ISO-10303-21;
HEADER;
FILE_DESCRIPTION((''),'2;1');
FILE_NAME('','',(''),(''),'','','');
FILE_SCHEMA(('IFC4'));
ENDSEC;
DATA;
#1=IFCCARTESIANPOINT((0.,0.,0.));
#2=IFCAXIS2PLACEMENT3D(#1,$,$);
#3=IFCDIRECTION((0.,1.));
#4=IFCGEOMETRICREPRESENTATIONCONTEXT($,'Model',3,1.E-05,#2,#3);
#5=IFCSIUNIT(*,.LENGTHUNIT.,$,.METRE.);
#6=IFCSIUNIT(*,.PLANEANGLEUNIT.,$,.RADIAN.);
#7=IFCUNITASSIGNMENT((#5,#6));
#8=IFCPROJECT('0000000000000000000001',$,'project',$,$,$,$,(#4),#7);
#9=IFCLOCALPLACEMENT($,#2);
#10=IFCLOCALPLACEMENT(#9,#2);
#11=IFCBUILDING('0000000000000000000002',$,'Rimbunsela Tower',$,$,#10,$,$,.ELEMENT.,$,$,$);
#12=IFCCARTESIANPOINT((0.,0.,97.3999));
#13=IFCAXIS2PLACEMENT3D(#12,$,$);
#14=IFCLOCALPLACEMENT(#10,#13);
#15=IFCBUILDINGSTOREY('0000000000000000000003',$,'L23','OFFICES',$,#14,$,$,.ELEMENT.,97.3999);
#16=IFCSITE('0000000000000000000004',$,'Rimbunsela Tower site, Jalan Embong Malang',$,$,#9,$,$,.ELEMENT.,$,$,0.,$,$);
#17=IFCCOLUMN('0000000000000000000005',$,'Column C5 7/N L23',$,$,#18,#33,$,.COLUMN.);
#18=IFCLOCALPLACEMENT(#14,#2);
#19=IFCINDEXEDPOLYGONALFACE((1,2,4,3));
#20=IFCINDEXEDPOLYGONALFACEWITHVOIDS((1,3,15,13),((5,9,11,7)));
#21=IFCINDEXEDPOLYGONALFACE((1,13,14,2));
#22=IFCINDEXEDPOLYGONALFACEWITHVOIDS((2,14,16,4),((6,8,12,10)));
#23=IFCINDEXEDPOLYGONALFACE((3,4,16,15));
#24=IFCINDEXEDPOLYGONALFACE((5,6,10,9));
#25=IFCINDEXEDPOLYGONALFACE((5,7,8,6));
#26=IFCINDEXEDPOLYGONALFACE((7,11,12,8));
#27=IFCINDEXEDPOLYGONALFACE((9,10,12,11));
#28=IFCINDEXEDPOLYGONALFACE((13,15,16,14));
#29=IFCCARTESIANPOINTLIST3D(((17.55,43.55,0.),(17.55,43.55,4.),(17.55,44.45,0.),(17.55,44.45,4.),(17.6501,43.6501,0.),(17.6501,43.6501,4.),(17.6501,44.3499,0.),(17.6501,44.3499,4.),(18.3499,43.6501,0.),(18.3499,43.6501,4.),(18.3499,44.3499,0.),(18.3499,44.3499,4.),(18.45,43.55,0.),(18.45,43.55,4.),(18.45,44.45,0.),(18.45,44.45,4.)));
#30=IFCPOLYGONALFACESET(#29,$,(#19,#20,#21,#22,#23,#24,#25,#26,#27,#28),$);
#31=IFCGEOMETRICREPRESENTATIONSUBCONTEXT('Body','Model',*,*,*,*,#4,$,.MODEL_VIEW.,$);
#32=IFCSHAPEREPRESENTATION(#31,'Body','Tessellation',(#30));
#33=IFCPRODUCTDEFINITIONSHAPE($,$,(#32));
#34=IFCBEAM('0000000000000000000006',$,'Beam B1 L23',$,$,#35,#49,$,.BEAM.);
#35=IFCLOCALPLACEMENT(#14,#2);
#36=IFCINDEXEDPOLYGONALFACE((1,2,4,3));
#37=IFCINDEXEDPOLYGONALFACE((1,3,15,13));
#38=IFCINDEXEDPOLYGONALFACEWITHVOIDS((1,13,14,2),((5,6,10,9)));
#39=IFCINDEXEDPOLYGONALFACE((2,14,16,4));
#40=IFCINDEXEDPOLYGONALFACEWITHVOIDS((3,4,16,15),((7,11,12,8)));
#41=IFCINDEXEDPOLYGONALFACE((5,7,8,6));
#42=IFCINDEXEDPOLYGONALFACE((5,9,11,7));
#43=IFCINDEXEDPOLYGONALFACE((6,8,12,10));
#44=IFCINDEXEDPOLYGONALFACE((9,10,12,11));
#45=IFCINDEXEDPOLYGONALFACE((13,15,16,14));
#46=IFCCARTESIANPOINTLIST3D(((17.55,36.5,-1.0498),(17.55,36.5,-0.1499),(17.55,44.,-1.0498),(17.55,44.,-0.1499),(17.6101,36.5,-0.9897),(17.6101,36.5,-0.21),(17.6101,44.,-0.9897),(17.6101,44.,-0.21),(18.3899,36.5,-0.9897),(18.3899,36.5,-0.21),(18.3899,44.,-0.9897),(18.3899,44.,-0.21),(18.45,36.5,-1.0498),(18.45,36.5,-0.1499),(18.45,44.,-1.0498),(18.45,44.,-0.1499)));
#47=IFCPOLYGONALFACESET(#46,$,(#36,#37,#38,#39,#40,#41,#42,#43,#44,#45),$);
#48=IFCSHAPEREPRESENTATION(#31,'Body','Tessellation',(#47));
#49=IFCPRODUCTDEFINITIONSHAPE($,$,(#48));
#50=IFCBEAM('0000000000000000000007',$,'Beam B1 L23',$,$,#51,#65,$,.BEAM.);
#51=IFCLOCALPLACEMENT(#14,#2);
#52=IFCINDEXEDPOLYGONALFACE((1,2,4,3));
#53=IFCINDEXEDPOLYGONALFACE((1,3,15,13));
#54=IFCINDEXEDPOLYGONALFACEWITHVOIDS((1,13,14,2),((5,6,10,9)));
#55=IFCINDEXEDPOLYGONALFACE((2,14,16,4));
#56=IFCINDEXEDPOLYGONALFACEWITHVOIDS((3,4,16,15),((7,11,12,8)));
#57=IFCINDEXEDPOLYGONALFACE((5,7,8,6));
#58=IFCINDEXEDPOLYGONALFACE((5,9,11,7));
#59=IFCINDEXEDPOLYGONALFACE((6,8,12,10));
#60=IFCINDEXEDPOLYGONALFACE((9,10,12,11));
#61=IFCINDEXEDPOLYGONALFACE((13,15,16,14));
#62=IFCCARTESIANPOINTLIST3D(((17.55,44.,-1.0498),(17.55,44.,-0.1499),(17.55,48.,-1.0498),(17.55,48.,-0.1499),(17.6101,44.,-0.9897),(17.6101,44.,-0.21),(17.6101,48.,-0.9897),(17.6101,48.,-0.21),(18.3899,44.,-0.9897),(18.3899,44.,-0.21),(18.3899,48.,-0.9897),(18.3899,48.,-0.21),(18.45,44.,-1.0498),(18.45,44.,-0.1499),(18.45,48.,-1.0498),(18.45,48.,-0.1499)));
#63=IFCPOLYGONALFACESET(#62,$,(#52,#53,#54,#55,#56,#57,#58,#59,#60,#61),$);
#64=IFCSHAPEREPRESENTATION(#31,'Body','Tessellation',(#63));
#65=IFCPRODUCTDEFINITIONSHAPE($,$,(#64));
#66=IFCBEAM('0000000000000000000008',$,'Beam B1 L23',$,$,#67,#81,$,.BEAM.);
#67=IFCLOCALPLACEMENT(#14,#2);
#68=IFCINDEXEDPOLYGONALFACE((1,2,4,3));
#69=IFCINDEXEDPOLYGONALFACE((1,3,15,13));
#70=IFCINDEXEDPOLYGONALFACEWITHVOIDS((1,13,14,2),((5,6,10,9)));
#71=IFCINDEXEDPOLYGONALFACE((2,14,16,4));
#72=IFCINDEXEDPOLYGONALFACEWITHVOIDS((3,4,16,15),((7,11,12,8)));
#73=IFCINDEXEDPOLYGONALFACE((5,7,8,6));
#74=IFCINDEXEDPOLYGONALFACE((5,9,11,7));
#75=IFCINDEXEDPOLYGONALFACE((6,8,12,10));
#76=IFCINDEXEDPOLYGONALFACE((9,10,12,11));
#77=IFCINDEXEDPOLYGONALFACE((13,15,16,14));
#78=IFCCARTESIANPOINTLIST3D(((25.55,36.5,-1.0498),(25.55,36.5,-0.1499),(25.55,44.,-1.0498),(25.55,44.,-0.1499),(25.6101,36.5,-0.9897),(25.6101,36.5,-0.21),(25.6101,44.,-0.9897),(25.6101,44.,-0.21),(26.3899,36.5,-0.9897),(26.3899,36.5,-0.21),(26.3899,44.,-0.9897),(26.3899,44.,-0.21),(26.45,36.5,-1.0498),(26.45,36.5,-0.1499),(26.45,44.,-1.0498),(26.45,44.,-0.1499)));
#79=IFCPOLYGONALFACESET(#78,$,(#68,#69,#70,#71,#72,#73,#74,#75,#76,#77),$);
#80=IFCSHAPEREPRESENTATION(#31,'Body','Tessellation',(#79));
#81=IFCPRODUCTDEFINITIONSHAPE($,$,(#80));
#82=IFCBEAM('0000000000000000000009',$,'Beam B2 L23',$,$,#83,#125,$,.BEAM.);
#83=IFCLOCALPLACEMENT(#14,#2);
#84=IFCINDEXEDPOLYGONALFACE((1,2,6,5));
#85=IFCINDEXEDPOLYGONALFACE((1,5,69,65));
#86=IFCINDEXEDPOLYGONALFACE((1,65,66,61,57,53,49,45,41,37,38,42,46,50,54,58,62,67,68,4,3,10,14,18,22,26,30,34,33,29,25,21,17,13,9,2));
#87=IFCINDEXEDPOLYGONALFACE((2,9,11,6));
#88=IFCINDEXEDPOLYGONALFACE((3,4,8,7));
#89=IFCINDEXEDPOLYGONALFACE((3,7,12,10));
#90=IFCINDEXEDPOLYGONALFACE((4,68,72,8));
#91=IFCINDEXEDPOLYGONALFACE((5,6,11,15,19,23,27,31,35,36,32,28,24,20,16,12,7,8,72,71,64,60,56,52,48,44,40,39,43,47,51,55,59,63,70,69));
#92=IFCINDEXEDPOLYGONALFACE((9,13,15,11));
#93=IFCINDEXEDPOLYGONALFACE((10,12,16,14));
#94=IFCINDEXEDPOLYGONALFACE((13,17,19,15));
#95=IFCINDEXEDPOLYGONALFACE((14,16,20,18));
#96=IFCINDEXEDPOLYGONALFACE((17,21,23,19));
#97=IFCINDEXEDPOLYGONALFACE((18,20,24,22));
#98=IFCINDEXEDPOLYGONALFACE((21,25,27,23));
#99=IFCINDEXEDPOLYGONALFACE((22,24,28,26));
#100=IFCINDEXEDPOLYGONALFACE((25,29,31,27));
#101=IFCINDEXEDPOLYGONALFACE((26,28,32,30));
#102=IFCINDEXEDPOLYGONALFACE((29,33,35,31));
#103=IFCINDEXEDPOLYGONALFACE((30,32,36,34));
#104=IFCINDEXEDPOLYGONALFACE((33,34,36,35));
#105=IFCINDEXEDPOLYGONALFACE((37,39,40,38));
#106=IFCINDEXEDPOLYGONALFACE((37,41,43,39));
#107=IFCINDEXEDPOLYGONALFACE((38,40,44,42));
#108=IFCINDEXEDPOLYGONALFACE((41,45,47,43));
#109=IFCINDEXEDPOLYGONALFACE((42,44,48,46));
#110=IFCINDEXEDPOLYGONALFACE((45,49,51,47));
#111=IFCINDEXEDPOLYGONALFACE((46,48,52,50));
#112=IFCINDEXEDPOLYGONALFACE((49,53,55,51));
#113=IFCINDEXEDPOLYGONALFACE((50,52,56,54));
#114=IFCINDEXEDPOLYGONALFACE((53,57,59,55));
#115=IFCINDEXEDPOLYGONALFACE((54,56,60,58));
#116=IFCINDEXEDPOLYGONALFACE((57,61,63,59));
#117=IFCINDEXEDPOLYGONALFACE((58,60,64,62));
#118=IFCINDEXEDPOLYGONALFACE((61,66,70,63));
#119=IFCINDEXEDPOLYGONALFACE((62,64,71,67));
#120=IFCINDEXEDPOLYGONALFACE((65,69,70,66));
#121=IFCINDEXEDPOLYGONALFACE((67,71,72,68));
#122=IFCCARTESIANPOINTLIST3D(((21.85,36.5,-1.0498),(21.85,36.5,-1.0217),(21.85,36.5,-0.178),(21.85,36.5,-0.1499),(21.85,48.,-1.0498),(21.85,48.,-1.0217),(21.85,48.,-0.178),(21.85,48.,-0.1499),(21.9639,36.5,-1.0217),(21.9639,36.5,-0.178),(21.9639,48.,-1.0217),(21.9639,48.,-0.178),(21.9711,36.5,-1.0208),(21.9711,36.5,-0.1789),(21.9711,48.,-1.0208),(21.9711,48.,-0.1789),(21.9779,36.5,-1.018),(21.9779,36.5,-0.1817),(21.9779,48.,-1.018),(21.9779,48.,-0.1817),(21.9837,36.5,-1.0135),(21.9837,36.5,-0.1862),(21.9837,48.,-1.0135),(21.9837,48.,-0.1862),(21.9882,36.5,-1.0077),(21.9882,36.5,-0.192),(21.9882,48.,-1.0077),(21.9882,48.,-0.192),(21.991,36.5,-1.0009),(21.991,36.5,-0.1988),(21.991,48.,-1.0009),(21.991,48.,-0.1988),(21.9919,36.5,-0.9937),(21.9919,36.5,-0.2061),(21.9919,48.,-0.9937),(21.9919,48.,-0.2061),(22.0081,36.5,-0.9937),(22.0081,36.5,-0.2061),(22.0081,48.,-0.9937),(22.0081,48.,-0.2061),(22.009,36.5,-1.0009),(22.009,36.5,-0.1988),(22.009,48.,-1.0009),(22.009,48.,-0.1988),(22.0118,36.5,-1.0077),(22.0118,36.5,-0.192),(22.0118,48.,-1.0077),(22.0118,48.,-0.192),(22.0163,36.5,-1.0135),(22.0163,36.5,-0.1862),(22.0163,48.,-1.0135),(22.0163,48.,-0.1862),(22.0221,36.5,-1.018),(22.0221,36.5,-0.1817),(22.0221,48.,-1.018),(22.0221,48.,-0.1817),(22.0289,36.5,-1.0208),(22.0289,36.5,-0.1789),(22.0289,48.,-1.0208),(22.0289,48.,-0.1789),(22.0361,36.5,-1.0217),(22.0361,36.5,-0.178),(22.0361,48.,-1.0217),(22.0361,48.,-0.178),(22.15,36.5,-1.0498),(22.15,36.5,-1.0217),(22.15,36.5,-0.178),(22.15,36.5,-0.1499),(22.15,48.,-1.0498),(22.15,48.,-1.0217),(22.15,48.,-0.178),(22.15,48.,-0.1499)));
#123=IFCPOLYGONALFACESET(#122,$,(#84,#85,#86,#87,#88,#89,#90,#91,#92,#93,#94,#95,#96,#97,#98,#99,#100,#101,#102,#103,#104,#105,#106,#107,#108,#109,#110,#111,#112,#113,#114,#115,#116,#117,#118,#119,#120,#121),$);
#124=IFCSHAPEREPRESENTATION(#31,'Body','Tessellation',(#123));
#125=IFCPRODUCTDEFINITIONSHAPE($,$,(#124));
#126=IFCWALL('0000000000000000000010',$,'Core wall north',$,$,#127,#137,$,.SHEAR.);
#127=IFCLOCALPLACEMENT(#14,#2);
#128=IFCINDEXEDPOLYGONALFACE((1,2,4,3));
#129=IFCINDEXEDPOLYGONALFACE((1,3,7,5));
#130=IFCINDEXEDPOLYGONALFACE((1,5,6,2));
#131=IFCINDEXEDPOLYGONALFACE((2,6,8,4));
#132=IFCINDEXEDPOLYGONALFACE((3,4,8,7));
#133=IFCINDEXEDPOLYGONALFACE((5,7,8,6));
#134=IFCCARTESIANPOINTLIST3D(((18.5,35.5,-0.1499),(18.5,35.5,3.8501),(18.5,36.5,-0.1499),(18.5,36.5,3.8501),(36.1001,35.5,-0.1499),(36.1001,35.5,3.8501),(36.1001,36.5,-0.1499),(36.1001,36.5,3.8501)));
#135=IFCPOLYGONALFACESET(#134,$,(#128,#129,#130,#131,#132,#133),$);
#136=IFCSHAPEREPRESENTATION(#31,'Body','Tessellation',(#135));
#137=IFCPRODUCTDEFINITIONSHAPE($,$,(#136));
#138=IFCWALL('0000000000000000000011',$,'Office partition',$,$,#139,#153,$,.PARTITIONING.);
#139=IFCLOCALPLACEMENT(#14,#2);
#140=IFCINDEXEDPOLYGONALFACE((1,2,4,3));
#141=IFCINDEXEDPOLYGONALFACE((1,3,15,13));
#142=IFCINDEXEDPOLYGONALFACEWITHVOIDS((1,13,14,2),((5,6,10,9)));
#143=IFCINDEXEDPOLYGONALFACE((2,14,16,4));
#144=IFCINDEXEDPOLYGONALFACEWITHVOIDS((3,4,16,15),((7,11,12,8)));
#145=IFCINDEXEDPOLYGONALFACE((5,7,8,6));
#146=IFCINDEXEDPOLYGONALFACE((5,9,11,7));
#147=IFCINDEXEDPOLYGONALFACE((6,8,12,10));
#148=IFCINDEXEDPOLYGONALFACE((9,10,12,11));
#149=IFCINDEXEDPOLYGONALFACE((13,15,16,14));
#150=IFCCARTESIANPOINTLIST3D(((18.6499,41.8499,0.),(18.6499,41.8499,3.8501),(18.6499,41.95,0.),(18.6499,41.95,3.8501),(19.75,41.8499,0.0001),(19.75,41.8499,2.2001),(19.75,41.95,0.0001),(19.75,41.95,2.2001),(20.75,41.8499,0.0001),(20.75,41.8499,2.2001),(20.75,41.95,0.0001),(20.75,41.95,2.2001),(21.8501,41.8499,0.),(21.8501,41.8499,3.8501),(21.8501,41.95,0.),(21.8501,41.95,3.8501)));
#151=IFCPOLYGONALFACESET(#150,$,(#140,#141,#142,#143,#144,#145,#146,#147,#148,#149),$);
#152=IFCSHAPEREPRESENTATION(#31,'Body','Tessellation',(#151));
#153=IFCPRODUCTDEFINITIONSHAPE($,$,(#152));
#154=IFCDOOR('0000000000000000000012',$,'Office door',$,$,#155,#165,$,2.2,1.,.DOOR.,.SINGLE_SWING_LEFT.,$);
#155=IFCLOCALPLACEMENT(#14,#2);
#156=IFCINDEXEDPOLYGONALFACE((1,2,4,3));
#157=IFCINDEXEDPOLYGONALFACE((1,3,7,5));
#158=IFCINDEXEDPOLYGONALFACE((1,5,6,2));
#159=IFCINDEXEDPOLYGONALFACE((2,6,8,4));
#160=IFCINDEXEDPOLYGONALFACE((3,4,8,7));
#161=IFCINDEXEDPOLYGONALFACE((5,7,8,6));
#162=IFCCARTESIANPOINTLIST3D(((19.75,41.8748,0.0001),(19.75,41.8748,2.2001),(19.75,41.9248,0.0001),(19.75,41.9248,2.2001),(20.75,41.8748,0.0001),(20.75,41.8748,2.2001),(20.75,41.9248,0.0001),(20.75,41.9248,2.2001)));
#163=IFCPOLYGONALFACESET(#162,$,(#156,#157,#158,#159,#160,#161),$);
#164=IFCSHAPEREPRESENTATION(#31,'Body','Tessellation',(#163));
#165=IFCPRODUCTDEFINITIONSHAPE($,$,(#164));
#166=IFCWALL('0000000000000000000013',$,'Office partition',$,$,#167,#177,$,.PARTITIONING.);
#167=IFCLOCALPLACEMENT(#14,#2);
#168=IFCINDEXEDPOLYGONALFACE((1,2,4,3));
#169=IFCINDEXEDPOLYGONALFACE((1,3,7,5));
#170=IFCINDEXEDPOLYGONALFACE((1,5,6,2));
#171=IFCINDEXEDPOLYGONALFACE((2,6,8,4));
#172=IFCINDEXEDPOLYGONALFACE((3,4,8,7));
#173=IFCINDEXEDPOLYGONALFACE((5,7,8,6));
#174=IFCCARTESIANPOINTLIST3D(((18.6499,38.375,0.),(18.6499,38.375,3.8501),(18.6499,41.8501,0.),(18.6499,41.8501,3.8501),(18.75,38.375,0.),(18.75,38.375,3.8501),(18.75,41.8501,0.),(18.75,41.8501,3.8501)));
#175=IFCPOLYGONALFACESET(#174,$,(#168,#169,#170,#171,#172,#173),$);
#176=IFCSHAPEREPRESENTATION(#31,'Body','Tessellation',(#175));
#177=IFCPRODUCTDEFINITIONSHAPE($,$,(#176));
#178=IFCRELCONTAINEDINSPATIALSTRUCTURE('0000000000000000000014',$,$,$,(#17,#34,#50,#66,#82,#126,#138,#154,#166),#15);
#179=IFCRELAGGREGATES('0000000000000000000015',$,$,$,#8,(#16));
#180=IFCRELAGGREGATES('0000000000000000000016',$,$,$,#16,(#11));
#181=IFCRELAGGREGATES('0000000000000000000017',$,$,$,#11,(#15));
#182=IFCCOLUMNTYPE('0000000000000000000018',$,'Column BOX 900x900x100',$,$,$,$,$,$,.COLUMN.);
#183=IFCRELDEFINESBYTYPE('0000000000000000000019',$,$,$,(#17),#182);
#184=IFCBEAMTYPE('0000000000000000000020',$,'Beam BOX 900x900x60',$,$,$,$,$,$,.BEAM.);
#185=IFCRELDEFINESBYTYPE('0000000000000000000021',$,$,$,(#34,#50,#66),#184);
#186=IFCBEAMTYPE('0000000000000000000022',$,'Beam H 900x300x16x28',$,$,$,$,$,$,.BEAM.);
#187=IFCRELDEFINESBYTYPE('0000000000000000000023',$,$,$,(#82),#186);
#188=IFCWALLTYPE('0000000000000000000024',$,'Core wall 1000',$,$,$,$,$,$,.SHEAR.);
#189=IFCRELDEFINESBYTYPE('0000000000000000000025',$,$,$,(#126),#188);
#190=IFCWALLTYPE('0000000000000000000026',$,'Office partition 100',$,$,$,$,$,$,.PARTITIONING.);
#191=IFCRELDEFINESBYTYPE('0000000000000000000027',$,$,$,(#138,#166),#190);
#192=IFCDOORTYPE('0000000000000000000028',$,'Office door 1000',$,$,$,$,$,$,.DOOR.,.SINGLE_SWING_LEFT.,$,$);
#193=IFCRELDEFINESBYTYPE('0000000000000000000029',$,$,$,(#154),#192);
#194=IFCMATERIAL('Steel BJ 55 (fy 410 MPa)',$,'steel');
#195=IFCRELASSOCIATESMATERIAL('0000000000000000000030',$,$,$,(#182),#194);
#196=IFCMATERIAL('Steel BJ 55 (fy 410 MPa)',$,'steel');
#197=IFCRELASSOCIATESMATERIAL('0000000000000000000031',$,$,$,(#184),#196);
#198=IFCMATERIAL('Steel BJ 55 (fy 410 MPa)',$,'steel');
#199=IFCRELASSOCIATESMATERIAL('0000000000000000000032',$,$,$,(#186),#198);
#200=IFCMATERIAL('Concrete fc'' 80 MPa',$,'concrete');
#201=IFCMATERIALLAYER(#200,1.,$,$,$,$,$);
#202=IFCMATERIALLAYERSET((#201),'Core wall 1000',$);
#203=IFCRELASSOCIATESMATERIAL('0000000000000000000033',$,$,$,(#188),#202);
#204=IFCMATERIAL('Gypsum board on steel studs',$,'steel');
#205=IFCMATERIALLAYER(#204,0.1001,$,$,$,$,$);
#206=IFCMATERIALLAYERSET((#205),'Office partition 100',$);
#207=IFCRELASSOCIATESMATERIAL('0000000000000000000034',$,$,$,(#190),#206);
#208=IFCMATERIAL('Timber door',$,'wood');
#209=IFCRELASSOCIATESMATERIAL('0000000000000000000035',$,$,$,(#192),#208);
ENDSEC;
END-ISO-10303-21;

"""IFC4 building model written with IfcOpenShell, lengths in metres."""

from ifc_helpers import new_model, si_unit, direction, frame, frame_2d, origin, origin_2d, place, context, subcontext, project, spatial, rectangle, hollow_rectangle, i_section, extrude, material, layer, layer_set, material_profile, profile_set, type_object, element, fill, save


model = new_model("IFC4")

# Units and contexts
model_context = context("Model", 3, precision=1e-05, world=origin(), true_north=direction((0.0, 1.0)))
body_context = subcontext(model_context, "Body", "Model", "MODEL_VIEW")
ifc_project = project(units=[si_unit("LENGTHUNIT", "METRE"), si_unit("PLANEANGLEUNIT", "RADIAN")], contexts=[model_context])

# Site, building, storey
site_placement = place(None, origin())
site = spatial("IfcSite", under=ifc_project, at=site_placement, Name="Rimbunsela Tower site, Jalan Embong Malang", CompositionType="ELEMENT", RefElevation=0.0)
building_placement = place(site_placement, origin())
building = spatial("IfcBuilding", under=site, at=building_placement, Name="Rimbunsela Tower", CompositionType="ELEMENT")
storey_placement = place(building_placement, frame((0.0, 0.0, 97.3999)))
storey = spatial("IfcBuildingStorey", under=building, at=storey_placement, Name="L23", Description="OFFICES", CompositionType="ELEMENT", Elevation=97.3999)

# Column
ifc_material_1 = material(Name="Steel BJ 55 (fy 410 MPa)", Category="steel")
ifc_material_profile_1 = material_profile(ifc_material_1, hollow_rectangle(XDim=0.8999, YDim=0.8999, WallThickness=0.1001, at=origin_2d()), Name="BOX 900x900x100")
ifc_profile_set_1 = profile_set([ifc_material_profile_1], Name="Steel BJ 55 (fy 410 MPa)")
column_type = type_object("IfcColumnType", Name="Column BOX 900x900x100", PredefinedType="COLUMN", material=ifc_profile_set_1)
column_placement = place(storey_placement, frame((18.0, 44.0, 0.0), z_axis=(0.0, 0.0, 1.0), x_axis=(1.0, 0.0, 0.0)))
element("IfcColumn", 1, at=column_placement, inside=storey, type_object=column_type, Name="Column C5 7/N L23", PredefinedType="COLUMN", context=body_context, shape_type="SweptSolid", body=[
    extrude(hollow_rectangle(XDim=0.8999, YDim=0.8999, WallThickness=0.1001, at=origin_2d()), origin(), (0.0, 0.0, 1.0), 4.0),
])

# Beams
ifc_material_2 = material(Name="Steel BJ 55 (fy 410 MPa)", Category="steel")
ifc_material_profile_2 = material_profile(ifc_material_2, hollow_rectangle(XDim=0.8999, YDim=0.8999, WallThickness=0.0601, at=origin_2d()), Name="BOX 900x900x60")
ifc_profile_set_2 = profile_set([ifc_material_profile_2], Name="Steel BJ 55 (fy 410 MPa)")
beam_type_1 = type_object("IfcBeamType", Name="Beam BOX 900x900x60", PredefinedType="BEAM", material=ifc_profile_set_2)
beam_1_placement = place(storey_placement, frame((18.0, 36.5, -0.5999), z_axis=(0.0, 1.0, 0.0), x_axis=(-1.0, 0.0, 0.0)))
element("IfcBeam", 2, at=beam_1_placement, inside=storey, type_object=beam_type_1, Name="Beam B1 L23", PredefinedType="BEAM", context=body_context, shape_type="SweptSolid", body=[
    extrude(hollow_rectangle(XDim=0.8999, YDim=0.8999, WallThickness=0.0601, at=origin_2d()), origin(), (0.0, 0.0, 1.0), 7.5),
])
beam_2_placement = place(storey_placement, frame((18.0, 44.0, -0.5999), z_axis=(0.0, 1.0, 0.0), x_axis=(-1.0, 0.0, 0.0)))
element("IfcBeam", 3, at=beam_2_placement, inside=storey, type_object=beam_type_1, Name="Beam B1 L23", PredefinedType="BEAM", context=body_context, shape_type="SweptSolid", body=[
    extrude(hollow_rectangle(XDim=0.8999, YDim=0.8999, WallThickness=0.0601, at=origin_2d()), origin(), (0.0, 0.0, 1.0), 4.0),
])
beam_3_placement = place(storey_placement, frame((26.0, 36.5, -0.5999), z_axis=(0.0, 1.0, 0.0), x_axis=(-1.0, 0.0, 0.0)))
element("IfcBeam", 4, at=beam_3_placement, inside=storey, type_object=beam_type_1, Name="Beam B1 L23", PredefinedType="BEAM", context=body_context, shape_type="SweptSolid", body=[
    extrude(hollow_rectangle(XDim=0.8999, YDim=0.8999, WallThickness=0.0601, at=origin_2d()), origin(), (0.0, 0.0, 1.0), 7.5),
])
ifc_material_3 = material(Name="Steel BJ 55 (fy 410 MPa)", Category="steel")
ifc_material_profile_3 = material_profile(ifc_material_3, i_section(OverallWidth=0.3, OverallDepth=0.8999, WebThickness=0.0161, FlangeThickness=0.0281, FilletRadius=0.0281, at=origin_2d()), Name="H 900x300x16x28")
ifc_profile_set_3 = profile_set([ifc_material_profile_3], Name="Steel BJ 55 (fy 410 MPa)")
beam_type_2 = type_object("IfcBeamType", Name="Beam H 900x300x16x28", PredefinedType="BEAM", material=ifc_profile_set_3)
beam_4_placement = place(storey_placement, frame((22.0, 36.5, -0.5999), z_axis=(0.0, 1.0, 0.0), x_axis=(-1.0, 0.0, 0.0)))
element("IfcBeam", 5, at=beam_4_placement, inside=storey, type_object=beam_type_2, Name="Beam B2 L23", PredefinedType="BEAM", context=body_context, shape_type="SweptSolid", body=[
    extrude(i_section(OverallWidth=0.3, OverallDepth=0.8999, WebThickness=0.0161, FlangeThickness=0.0281, FilletRadius=0.0281, at=origin_2d()), origin(), (0.0, 0.0, 1.0), 11.5),
])

# Wall
ifc_material_4 = material(Name="Concrete fc' 80 MPa", Category="concrete")
ifc_layer_1 = layer(ifc_material_4, 1.0)
ifc_layer_set_1 = layer_set([ifc_layer_1], Name="Core wall 1000")
wall_type_1 = type_object("IfcWallType", Name="Core wall 1000", PredefinedType="SHEAR", material=ifc_layer_set_1)
wall_1_placement = place(storey_placement, frame((18.5, 36.0, -0.1499), z_axis=(0.0, 0.0, 1.0), x_axis=(1.0, 0.0, 0.0)))
element("IfcWall", 6, at=wall_1_placement, inside=storey, type_object=wall_type_1, Name="Core wall north", PredefinedType="SHEAR", context=body_context, shape_type="SweptSolid", body=[
    extrude(rectangle(XDim=17.6001, YDim=1.0, at=frame_2d((8.8, 0.0))), origin(), (0.0, 0.0, 1.0), 4.0),
])

# Wall, opening, door
ifc_material_5 = material(Name="Gypsum board on steel studs", Category="steel")
ifc_layer_2 = layer(ifc_material_5, 0.1001)
ifc_layer_set_2 = layer_set([ifc_layer_2], Name="Office partition 100")
wall_type_2 = type_object("IfcWallType", Name="Office partition 100", PredefinedType="PARTITIONING", material=ifc_layer_set_2)
wall_2_placement = place(storey_placement, frame((18.6499, 41.8999, 0.0), z_axis=(0.0, 0.0, 1.0), x_axis=(1.0, 0.0, 0.0)))
wall_2 = element("IfcWall", 7, at=wall_2_placement, inside=storey, type_object=wall_type_2, Name="Office partition", PredefinedType="PARTITIONING", context=body_context, shape_type="SweptSolid", body=[
    extrude(rectangle(XDim=3.2002, YDim=0.1001, at=frame_2d((1.6001, 0.0))), origin(), (0.0, 0.0, 1.0), 3.8501),
])
opening_1_placement = place(wall_2_placement, frame((1.1001, 0.0, 0.0)))
opening_1 = element("IfcOpeningElement", 8, at=opening_1_placement, cuts=wall_2, PredefinedType="OPENING", context=body_context, shape_type="SweptSolid", body=[
    extrude(rectangle(XDim=1.0, YDim=2.2, at=frame_2d((0.5, 1.1001))), frame((0.0, 0.0601, 0.0), z_axis=(0.0, -1.0, 0.0), x_axis=(1.0, 0.0, 0.0)), (0.0, 0.0, 1.0), 0.1201),
])
ifc_material_6 = material(Name="Timber door", Category="wood")
door_type_1 = type_object("IfcDoorType", Name="Office door 1000", OperationType="SINGLE_SWING_LEFT", PredefinedType="DOOR", material=ifc_material_6)
door_1_placement = place(opening_1_placement, origin())
door_1 = element("IfcDoor", 9, at=door_1_placement, inside=storey, type_object=door_type_1, Name="Office door", OperationType="SINGLE_SWING_LEFT", OverallHeight=2.2, OverallWidth=1.0, PredefinedType="DOOR", context=body_context, shape_type="SweptSolid", body=[
    extrude(rectangle(XDim=1.0, YDim=2.2, at=frame_2d((0.5, 1.1001))), frame((0.0, 0.0249, 0.0), z_axis=(0.0, -1.0, 0.0), x_axis=(1.0, 0.0, 0.0)), (0.0, 0.0, 1.0), 0.05),
])
fill(opening_1, door_1)

# Wall
for number, where, z_axis, x_axis, name in (
    (10, (18.7, 38.375, 0.0), (0.0, 0.0, 1.0), (0.0, 1.0, 0.0), "Office partition"),
):
    element("IfcWall", number, at=place(storey_placement, frame(where, z_axis=z_axis, x_axis=x_axis)), inside=storey, type_object=wall_type_2, Name=name, PredefinedType="PARTITIONING", context=body_context, shape_type="SweptSolid", body=[
        extrude(rectangle(XDim=3.4751, YDim=0.1001, at=frame_2d((1.7375, 0.0))), origin(), (0.0, 0.0, 1.0), 3.8501),
    ])

save(model, "model.ifc")
